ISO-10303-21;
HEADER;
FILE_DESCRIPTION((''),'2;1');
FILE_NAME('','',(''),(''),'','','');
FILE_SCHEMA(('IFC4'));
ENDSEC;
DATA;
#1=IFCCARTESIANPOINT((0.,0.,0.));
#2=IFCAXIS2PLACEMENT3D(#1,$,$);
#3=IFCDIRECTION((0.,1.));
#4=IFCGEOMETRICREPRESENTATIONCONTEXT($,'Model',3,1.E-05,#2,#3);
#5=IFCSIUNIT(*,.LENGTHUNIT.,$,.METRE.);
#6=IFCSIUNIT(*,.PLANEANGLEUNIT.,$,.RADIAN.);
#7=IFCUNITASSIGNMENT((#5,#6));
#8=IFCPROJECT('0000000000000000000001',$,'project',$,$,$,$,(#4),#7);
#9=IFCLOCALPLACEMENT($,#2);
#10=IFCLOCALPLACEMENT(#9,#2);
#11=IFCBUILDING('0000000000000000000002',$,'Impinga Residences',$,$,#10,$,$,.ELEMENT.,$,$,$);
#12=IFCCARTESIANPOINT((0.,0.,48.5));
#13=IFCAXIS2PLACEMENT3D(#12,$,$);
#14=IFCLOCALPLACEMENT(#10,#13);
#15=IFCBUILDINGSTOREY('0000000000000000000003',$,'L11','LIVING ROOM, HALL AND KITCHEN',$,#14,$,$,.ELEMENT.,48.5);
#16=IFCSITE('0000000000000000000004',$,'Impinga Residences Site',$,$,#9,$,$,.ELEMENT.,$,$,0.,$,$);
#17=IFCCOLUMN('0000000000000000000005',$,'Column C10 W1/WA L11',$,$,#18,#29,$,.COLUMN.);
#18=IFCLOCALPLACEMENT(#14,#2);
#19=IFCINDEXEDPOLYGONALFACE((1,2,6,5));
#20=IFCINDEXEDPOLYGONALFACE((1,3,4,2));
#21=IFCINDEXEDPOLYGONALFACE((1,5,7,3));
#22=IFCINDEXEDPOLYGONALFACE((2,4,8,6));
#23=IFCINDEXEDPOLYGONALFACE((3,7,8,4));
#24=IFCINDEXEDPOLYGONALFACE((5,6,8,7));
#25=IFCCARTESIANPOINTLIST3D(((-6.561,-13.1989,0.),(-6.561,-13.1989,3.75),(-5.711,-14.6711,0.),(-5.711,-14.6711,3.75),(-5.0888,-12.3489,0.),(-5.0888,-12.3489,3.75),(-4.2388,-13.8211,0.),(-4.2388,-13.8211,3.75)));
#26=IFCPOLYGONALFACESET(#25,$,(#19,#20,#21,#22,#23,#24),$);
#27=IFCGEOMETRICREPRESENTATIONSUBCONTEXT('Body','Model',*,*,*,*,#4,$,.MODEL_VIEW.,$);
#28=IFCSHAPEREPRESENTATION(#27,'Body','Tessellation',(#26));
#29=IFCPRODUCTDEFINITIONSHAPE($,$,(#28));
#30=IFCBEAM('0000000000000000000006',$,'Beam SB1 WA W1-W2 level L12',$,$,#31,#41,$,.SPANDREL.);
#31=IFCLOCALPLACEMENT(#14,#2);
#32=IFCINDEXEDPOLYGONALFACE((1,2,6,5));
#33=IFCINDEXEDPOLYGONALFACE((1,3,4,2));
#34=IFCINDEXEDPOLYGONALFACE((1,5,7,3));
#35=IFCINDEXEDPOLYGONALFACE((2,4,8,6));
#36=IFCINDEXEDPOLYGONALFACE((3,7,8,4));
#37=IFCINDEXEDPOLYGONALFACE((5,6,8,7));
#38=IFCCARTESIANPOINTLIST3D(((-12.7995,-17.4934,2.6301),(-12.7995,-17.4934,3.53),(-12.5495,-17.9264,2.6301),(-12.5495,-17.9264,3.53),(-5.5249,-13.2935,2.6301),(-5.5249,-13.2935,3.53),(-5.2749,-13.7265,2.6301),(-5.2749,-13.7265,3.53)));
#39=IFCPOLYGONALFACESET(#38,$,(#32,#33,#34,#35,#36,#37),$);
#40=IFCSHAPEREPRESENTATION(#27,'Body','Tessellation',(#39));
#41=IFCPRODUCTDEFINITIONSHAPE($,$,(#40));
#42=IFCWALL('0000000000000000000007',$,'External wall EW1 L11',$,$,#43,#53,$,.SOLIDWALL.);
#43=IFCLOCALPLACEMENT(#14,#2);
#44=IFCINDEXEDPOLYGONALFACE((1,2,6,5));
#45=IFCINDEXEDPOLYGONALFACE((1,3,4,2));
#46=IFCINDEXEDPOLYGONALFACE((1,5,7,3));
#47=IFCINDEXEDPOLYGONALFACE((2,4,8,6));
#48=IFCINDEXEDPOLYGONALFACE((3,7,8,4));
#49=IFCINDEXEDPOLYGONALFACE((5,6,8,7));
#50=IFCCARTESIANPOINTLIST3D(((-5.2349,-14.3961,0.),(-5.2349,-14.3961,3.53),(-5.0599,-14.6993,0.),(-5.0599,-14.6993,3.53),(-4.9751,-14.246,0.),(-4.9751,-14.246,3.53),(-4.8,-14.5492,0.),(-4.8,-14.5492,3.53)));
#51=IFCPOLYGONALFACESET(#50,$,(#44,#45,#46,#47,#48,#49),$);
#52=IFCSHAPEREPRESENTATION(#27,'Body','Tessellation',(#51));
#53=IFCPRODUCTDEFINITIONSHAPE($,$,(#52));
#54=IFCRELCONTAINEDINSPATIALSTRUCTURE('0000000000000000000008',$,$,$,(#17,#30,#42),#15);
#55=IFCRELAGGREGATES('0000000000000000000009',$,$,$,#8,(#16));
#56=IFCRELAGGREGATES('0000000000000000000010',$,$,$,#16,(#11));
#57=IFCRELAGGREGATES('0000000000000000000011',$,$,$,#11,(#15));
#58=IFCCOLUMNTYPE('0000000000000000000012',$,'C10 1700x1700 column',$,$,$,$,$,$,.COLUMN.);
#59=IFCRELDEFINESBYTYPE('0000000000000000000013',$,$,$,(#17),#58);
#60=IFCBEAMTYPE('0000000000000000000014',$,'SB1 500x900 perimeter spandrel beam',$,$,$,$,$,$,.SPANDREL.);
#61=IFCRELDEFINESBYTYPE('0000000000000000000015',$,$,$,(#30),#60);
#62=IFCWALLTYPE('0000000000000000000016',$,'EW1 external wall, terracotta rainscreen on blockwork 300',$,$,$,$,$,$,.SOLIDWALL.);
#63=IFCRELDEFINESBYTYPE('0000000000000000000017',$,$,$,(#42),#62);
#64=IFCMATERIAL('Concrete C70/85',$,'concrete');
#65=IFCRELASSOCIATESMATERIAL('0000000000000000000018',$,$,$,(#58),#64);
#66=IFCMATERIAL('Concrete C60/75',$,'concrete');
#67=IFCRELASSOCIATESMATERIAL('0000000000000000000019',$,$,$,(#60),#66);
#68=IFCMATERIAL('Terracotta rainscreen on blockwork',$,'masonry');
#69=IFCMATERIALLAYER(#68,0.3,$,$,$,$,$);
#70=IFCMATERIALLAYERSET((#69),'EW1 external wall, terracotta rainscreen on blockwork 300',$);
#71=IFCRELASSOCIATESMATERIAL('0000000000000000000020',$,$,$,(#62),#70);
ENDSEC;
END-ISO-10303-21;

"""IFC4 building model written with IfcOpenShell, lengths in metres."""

from ifc_helpers import new_model, si_unit, direction, frame, frame_2d, origin, origin_2d, place, context, subcontext, project, spatial, rectangle, extrude, material, layer, layer_set, material_profile, profile_set, type_object, element, save


model = new_model("IFC4")

# Units and contexts
model_context = context("Model", 3, precision=1e-05, world=origin(), true_north=direction((0.0, 1.0)))
body_context = subcontext(model_context, "Body", "Model", "MODEL_VIEW")
ifc_project = project(units=[si_unit("LENGTHUNIT", "METRE"), si_unit("PLANEANGLEUNIT", "RADIAN")], contexts=[model_context])

# Site, building, storey
site_placement = place(None, origin())
site = spatial("IfcSite", under=ifc_project, at=site_placement, Name="Impinga Residences Site", CompositionType="ELEMENT", RefElevation=0.0)
building_placement = place(site_placement, origin())
building = spatial("IfcBuilding", under=site, at=building_placement, Name="Impinga Residences", CompositionType="ELEMENT")
storey_placement = place(building_placement, frame((0.0, 0.0, 48.5)))
storey = spatial("IfcBuildingStorey", under=building, at=storey_placement, Name="L11", Description="LIVING ROOM, HALL AND KITCHEN", CompositionType="ELEMENT", Elevation=48.5)

# Column
ifc_material_1 = material(Name="Concrete C70/85", Category="concrete")
ifc_material_profile_1 = material_profile(ifc_material_1, rectangle(XDim=1.7, YDim=1.7, at=origin_2d()), Name="RC 1700x1700")
ifc_profile_set_1 = profile_set([ifc_material_profile_1], Name="Concrete C70/85")
column_type = type_object("IfcColumnType", Name="C10 1700x1700 column", PredefinedType="COLUMN", material=ifc_profile_set_1)
column_placement = place(storey_placement, frame((-5.3999, -13.51, 0.0), z_axis=(0.0, 0.0, 1.0), x_axis=(-0.5, 0.866025, 0.0)))
element("IfcColumn", 1, at=column_placement, inside=storey, type_object=column_type, Name="Column C10 W1/WA L11", PredefinedType="COLUMN", context=body_context, shape_type="SweptSolid", body=[
    extrude(rectangle(XDim=1.7, YDim=1.7, at=origin_2d()), origin(), (0.0, 0.0, 1.0), 3.75),
])

# Beam
ifc_material_2 = material(Name="Concrete C60/75", Category="concrete")
ifc_material_profile_2 = material_profile(ifc_material_2, rectangle(XDim=0.5, YDim=0.8999, at=origin_2d()), Name="RC 500x900")
ifc_profile_set_2 = profile_set([ifc_material_profile_2], Name="Concrete C60/75")
beam_type = type_object("IfcBeamType", Name="SB1 500x900 perimeter spandrel beam", PredefinedType="SPANDREL", material=ifc_profile_set_2)
beam_placement = place(storey_placement, frame((-5.3999, -13.51, 3.0801), z_axis=(-0.866029, -0.499993, 0.0), x_axis=(0.499993, -0.866029, 0.0)))
element("IfcBeam", 2, at=beam_placement, inside=storey, type_object=beam_type, Name="Beam SB1 WA W1-W2 level L12", PredefinedType="SPANDREL", context=body_context, shape_type="SweptSolid", body=[
    extrude(rectangle(XDim=0.5, YDim=0.8999, at=origin_2d()), origin(), (0.0, 0.0, 1.0), 8.3999),
])

# Wall
ifc_material_3 = material(Name="Terracotta rainscreen on blockwork", Category="masonry")
ifc_layer_1 = layer(ifc_material_3, 0.3)
ifc_layer_set_1 = layer_set([ifc_layer_1], Name="EW1 external wall, terracotta rainscreen on blockwork 300")
wall_type_1 = type_object("IfcWallType", Name="EW1 external wall, terracotta rainscreen on blockwork 300", PredefinedType="SOLIDWALL", material=ifc_layer_set_1)
wall_1_placement = place(storey_placement, frame((-5.105, -14.321, 0.0), z_axis=(0.0, 0.0, 1.0), x_axis=(0.499964, -0.866046, 0.0)))
element("IfcWall", 3, at=wall_1_placement, inside=storey, type_object=wall_type_1, Name="External wall EW1 L11", PredefinedType="SOLIDWALL", context=body_context, shape_type="SweptSolid", body=[
    extrude(rectangle(XDim=0.3501, YDim=0.3, at=frame_2d((0.175, 0.0))), origin(), (0.0, 0.0, 1.0), 3.53),
])

save(model, "model.ifc")
